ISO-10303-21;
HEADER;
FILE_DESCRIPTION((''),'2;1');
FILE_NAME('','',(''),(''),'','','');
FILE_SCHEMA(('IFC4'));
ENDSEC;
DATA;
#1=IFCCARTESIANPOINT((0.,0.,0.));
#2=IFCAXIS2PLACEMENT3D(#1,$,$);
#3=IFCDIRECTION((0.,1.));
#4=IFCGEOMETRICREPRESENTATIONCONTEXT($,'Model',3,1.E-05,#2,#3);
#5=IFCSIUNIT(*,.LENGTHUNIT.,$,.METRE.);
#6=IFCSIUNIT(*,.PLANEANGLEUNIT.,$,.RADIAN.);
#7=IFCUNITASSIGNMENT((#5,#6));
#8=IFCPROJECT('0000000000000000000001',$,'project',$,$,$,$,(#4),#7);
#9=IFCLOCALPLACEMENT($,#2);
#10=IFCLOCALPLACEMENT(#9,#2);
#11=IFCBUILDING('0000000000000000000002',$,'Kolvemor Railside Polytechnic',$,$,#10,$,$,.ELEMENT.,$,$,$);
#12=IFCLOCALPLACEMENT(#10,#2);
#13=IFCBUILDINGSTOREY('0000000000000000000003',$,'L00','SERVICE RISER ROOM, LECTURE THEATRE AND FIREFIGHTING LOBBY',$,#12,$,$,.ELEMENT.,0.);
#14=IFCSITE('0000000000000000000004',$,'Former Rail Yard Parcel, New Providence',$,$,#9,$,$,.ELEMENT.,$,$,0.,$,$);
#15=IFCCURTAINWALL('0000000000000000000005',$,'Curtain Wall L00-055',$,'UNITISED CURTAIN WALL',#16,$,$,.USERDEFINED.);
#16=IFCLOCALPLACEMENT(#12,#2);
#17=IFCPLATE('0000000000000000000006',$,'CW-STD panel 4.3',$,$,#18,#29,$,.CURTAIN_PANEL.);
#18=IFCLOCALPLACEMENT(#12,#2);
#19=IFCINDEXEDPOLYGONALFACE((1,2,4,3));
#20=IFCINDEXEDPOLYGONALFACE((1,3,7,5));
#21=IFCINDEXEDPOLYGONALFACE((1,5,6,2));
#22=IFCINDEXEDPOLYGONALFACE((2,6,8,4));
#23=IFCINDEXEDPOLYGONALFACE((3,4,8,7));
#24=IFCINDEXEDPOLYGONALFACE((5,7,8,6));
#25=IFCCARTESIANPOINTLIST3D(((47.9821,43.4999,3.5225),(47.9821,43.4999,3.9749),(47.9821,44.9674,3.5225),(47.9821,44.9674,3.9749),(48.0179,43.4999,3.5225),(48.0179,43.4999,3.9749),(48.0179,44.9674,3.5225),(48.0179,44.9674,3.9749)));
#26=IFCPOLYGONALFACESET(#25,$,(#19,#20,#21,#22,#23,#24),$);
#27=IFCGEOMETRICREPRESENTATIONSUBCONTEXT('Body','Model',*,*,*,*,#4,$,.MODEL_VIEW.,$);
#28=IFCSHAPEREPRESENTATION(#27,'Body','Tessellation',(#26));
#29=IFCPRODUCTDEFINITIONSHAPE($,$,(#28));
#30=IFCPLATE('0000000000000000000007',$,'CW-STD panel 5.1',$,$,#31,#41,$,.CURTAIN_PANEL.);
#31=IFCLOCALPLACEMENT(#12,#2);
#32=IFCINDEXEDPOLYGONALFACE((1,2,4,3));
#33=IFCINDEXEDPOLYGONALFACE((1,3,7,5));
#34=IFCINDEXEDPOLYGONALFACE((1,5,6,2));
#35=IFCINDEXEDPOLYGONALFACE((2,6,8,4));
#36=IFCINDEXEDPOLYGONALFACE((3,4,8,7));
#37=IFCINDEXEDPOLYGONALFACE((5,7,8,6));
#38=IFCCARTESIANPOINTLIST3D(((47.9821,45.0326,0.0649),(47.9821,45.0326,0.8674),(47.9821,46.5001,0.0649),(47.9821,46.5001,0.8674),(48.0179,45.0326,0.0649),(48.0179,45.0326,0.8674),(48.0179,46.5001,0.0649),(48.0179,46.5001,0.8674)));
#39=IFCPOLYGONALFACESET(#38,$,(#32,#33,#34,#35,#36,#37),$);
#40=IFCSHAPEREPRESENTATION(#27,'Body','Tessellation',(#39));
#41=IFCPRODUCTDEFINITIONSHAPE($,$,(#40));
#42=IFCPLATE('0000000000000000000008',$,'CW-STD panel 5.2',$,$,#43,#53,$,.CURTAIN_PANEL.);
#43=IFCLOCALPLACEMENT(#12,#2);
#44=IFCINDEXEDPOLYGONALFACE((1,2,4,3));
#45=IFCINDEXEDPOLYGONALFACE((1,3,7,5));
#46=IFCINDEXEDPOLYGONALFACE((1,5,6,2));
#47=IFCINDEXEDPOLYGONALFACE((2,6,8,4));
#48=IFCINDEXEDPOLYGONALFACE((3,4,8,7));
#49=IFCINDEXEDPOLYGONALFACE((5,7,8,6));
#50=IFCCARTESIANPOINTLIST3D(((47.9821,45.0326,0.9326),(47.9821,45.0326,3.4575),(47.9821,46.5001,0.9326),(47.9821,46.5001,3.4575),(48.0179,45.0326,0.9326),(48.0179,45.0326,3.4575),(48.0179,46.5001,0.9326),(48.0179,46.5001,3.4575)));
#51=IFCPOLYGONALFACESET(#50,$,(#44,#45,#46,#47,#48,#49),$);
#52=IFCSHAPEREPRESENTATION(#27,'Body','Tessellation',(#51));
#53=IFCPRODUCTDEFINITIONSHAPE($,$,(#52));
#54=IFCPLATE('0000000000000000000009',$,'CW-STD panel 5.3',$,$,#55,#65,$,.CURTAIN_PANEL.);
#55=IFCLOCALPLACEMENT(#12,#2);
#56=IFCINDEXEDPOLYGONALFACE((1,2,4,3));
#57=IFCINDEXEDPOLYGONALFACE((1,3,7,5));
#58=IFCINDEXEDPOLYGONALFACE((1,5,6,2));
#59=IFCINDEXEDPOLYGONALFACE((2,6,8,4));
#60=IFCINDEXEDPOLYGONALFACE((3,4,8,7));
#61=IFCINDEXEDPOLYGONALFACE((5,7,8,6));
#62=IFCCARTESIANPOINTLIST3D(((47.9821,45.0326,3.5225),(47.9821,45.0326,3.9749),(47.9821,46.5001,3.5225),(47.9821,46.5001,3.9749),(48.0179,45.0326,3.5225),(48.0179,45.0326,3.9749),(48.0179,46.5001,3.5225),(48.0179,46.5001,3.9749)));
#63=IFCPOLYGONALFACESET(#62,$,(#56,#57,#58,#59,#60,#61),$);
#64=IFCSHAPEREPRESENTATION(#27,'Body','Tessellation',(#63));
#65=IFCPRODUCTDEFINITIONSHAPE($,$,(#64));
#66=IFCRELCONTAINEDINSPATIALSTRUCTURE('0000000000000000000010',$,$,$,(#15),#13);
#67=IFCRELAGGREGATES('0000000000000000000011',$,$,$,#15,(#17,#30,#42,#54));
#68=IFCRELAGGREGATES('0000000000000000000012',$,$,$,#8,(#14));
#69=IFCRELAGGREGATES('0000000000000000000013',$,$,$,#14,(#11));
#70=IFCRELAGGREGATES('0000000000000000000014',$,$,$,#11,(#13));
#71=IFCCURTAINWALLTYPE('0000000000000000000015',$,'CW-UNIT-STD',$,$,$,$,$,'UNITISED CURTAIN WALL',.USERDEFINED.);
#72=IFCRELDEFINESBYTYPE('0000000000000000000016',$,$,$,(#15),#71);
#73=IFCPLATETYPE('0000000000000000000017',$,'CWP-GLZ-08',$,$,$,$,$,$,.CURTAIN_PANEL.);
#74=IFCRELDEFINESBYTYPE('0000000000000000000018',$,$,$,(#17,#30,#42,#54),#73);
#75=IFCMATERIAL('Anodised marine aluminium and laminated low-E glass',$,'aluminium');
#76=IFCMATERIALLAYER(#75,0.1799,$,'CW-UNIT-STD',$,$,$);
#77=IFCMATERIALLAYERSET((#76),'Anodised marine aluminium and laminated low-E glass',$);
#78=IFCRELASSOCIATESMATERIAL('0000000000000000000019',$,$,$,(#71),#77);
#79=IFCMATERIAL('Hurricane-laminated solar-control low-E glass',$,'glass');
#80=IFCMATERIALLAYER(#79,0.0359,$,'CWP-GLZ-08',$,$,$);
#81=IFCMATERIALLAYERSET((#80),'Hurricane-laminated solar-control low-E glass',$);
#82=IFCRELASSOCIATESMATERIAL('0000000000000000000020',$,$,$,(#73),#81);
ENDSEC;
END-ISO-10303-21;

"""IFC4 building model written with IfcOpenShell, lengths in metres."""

from ifc_helpers import new_model, si_unit, direction, frame, origin, origin_2d, place, context, subcontext, project, spatial, rectangle, extrude, material, layer, layer_set, type_object, element, aggregate, save


model = new_model("IFC4")

# Units and contexts
model_context = context("Model", 3, precision=1e-05, world=origin(), true_north=direction((0.0, 1.0)))
body_context = subcontext(model_context, "Body", "Model", "MODEL_VIEW")
ifc_project = project(units=[si_unit("LENGTHUNIT", "METRE"), si_unit("PLANEANGLEUNIT", "RADIAN")], contexts=[model_context])

# Site, building, storey
site_placement = place(None, origin())
site = spatial("IfcSite", under=ifc_project, at=site_placement, Name="Former Rail Yard Parcel, New Providence", CompositionType="ELEMENT", RefElevation=0.0)
building_placement = place(site_placement, origin())
building = spatial("IfcBuilding", under=site, at=building_placement, Name="Kolvemor Railside Polytechnic", CompositionType="ELEMENT")
storey_placement = place(building_placement, origin())
storey = spatial("IfcBuildingStorey", under=building, at=storey_placement, Name="L00", Description="SERVICE RISER ROOM, LECTURE THEATRE AND FIREFIGHTING LOBBY", CompositionType="ELEMENT", Elevation=0.0)

# Curtain wall, plates
ifc_material_1 = material(Name="Anodised marine aluminium and laminated low-E glass", Category="aluminium")
ifc_layer_1 = layer(ifc_material_1, 0.1799, Name="CW-UNIT-STD")
ifc_layer_set_1 = layer_set([ifc_layer_1], Name="Anodised marine aluminium and laminated low-E glass")
curtain_wall_type = type_object("IfcCurtainWallType", Name="CW-UNIT-STD", ElementType="UNITISED CURTAIN WALL", PredefinedType="USERDEFINED", material=ifc_layer_set_1)
curtain_wall_placement = place(storey_placement, origin())
curtain_wall = element("IfcCurtainWall", 1, at=curtain_wall_placement, inside=storey, type_object=curtain_wall_type, Name="Curtain Wall L00-055", ObjectType="UNITISED CURTAIN WALL", PredefinedType="USERDEFINED")
ifc_material_2 = material(Name="Hurricane-laminated solar-control low-E glass", Category="glass")
ifc_layer_2 = layer(ifc_material_2, 0.0359, Name="CWP-GLZ-08")
ifc_layer_set_2 = layer_set([ifc_layer_2], Name="Hurricane-laminated solar-control low-E glass")
plate_type = type_object("IfcPlateType", Name="CWP-GLZ-08", PredefinedType="CURTAIN_PANEL", material=ifc_layer_set_2)
plate_1_placement = place(storey_placement, frame((48.0, 44.2336, 3.5225), z_axis=(0.0, 0.0, 1.0), x_axis=(0.0, 1.0, 0.0)))
plate_1 = element("IfcPlate", 2, at=plate_1_placement, type_object=plate_type, Name="CW-STD panel 4.3", PredefinedType="CURTAIN_PANEL", context=body_context, shape_type="SweptSolid", body=[
    extrude(rectangle(XDim=1.4675, YDim=0.0359, at=origin_2d()), origin(), (0.0, 0.0, 1.0), 0.4524),
])
plate_2_placement = place(storey_placement, frame((48.0, 45.7664, 0.0649), z_axis=(0.0, 0.0, 1.0), x_axis=(0.0, 1.0, 0.0)))
plate_2 = element("IfcPlate", 3, at=plate_2_placement, type_object=plate_type, Name="CW-STD panel 5.1", PredefinedType="CURTAIN_PANEL", context=body_context, shape_type="SweptSolid", body=[
    extrude(rectangle(XDim=1.4675, YDim=0.0359, at=origin_2d()), origin(), (0.0, 0.0, 1.0), 0.8025),
])
plate_3_placement = place(storey_placement, frame((48.0, 45.7664, 0.9326), z_axis=(0.0, 0.0, 1.0), x_axis=(0.0, 1.0, 0.0)))
plate_3 = element("IfcPlate", 4, at=plate_3_placement, type_object=plate_type, Name="CW-STD panel 5.2", PredefinedType="CURTAIN_PANEL", context=body_context, shape_type="SweptSolid", body=[
    extrude(rectangle(XDim=1.4675, YDim=0.0359, at=origin_2d()), origin(), (0.0, 0.0, 1.0), 2.5249),
])
plate_4_placement = place(storey_placement, frame((48.0, 45.7664, 3.5225), z_axis=(0.0, 0.0, 1.0), x_axis=(0.0, 1.0, 0.0)))
plate_4 = element("IfcPlate", 5, at=plate_4_placement, type_object=plate_type, Name="CW-STD panel 5.3", PredefinedType="CURTAIN_PANEL", context=body_context, shape_type="SweptSolid", body=[
    extrude(rectangle(XDim=1.4675, YDim=0.0359, at=origin_2d()), origin(), (0.0, 0.0, 1.0), 0.4524),
])
aggregate(curtain_wall, [plate_1, plate_2, plate_3, plate_4])

save(model, "model.ifc")
